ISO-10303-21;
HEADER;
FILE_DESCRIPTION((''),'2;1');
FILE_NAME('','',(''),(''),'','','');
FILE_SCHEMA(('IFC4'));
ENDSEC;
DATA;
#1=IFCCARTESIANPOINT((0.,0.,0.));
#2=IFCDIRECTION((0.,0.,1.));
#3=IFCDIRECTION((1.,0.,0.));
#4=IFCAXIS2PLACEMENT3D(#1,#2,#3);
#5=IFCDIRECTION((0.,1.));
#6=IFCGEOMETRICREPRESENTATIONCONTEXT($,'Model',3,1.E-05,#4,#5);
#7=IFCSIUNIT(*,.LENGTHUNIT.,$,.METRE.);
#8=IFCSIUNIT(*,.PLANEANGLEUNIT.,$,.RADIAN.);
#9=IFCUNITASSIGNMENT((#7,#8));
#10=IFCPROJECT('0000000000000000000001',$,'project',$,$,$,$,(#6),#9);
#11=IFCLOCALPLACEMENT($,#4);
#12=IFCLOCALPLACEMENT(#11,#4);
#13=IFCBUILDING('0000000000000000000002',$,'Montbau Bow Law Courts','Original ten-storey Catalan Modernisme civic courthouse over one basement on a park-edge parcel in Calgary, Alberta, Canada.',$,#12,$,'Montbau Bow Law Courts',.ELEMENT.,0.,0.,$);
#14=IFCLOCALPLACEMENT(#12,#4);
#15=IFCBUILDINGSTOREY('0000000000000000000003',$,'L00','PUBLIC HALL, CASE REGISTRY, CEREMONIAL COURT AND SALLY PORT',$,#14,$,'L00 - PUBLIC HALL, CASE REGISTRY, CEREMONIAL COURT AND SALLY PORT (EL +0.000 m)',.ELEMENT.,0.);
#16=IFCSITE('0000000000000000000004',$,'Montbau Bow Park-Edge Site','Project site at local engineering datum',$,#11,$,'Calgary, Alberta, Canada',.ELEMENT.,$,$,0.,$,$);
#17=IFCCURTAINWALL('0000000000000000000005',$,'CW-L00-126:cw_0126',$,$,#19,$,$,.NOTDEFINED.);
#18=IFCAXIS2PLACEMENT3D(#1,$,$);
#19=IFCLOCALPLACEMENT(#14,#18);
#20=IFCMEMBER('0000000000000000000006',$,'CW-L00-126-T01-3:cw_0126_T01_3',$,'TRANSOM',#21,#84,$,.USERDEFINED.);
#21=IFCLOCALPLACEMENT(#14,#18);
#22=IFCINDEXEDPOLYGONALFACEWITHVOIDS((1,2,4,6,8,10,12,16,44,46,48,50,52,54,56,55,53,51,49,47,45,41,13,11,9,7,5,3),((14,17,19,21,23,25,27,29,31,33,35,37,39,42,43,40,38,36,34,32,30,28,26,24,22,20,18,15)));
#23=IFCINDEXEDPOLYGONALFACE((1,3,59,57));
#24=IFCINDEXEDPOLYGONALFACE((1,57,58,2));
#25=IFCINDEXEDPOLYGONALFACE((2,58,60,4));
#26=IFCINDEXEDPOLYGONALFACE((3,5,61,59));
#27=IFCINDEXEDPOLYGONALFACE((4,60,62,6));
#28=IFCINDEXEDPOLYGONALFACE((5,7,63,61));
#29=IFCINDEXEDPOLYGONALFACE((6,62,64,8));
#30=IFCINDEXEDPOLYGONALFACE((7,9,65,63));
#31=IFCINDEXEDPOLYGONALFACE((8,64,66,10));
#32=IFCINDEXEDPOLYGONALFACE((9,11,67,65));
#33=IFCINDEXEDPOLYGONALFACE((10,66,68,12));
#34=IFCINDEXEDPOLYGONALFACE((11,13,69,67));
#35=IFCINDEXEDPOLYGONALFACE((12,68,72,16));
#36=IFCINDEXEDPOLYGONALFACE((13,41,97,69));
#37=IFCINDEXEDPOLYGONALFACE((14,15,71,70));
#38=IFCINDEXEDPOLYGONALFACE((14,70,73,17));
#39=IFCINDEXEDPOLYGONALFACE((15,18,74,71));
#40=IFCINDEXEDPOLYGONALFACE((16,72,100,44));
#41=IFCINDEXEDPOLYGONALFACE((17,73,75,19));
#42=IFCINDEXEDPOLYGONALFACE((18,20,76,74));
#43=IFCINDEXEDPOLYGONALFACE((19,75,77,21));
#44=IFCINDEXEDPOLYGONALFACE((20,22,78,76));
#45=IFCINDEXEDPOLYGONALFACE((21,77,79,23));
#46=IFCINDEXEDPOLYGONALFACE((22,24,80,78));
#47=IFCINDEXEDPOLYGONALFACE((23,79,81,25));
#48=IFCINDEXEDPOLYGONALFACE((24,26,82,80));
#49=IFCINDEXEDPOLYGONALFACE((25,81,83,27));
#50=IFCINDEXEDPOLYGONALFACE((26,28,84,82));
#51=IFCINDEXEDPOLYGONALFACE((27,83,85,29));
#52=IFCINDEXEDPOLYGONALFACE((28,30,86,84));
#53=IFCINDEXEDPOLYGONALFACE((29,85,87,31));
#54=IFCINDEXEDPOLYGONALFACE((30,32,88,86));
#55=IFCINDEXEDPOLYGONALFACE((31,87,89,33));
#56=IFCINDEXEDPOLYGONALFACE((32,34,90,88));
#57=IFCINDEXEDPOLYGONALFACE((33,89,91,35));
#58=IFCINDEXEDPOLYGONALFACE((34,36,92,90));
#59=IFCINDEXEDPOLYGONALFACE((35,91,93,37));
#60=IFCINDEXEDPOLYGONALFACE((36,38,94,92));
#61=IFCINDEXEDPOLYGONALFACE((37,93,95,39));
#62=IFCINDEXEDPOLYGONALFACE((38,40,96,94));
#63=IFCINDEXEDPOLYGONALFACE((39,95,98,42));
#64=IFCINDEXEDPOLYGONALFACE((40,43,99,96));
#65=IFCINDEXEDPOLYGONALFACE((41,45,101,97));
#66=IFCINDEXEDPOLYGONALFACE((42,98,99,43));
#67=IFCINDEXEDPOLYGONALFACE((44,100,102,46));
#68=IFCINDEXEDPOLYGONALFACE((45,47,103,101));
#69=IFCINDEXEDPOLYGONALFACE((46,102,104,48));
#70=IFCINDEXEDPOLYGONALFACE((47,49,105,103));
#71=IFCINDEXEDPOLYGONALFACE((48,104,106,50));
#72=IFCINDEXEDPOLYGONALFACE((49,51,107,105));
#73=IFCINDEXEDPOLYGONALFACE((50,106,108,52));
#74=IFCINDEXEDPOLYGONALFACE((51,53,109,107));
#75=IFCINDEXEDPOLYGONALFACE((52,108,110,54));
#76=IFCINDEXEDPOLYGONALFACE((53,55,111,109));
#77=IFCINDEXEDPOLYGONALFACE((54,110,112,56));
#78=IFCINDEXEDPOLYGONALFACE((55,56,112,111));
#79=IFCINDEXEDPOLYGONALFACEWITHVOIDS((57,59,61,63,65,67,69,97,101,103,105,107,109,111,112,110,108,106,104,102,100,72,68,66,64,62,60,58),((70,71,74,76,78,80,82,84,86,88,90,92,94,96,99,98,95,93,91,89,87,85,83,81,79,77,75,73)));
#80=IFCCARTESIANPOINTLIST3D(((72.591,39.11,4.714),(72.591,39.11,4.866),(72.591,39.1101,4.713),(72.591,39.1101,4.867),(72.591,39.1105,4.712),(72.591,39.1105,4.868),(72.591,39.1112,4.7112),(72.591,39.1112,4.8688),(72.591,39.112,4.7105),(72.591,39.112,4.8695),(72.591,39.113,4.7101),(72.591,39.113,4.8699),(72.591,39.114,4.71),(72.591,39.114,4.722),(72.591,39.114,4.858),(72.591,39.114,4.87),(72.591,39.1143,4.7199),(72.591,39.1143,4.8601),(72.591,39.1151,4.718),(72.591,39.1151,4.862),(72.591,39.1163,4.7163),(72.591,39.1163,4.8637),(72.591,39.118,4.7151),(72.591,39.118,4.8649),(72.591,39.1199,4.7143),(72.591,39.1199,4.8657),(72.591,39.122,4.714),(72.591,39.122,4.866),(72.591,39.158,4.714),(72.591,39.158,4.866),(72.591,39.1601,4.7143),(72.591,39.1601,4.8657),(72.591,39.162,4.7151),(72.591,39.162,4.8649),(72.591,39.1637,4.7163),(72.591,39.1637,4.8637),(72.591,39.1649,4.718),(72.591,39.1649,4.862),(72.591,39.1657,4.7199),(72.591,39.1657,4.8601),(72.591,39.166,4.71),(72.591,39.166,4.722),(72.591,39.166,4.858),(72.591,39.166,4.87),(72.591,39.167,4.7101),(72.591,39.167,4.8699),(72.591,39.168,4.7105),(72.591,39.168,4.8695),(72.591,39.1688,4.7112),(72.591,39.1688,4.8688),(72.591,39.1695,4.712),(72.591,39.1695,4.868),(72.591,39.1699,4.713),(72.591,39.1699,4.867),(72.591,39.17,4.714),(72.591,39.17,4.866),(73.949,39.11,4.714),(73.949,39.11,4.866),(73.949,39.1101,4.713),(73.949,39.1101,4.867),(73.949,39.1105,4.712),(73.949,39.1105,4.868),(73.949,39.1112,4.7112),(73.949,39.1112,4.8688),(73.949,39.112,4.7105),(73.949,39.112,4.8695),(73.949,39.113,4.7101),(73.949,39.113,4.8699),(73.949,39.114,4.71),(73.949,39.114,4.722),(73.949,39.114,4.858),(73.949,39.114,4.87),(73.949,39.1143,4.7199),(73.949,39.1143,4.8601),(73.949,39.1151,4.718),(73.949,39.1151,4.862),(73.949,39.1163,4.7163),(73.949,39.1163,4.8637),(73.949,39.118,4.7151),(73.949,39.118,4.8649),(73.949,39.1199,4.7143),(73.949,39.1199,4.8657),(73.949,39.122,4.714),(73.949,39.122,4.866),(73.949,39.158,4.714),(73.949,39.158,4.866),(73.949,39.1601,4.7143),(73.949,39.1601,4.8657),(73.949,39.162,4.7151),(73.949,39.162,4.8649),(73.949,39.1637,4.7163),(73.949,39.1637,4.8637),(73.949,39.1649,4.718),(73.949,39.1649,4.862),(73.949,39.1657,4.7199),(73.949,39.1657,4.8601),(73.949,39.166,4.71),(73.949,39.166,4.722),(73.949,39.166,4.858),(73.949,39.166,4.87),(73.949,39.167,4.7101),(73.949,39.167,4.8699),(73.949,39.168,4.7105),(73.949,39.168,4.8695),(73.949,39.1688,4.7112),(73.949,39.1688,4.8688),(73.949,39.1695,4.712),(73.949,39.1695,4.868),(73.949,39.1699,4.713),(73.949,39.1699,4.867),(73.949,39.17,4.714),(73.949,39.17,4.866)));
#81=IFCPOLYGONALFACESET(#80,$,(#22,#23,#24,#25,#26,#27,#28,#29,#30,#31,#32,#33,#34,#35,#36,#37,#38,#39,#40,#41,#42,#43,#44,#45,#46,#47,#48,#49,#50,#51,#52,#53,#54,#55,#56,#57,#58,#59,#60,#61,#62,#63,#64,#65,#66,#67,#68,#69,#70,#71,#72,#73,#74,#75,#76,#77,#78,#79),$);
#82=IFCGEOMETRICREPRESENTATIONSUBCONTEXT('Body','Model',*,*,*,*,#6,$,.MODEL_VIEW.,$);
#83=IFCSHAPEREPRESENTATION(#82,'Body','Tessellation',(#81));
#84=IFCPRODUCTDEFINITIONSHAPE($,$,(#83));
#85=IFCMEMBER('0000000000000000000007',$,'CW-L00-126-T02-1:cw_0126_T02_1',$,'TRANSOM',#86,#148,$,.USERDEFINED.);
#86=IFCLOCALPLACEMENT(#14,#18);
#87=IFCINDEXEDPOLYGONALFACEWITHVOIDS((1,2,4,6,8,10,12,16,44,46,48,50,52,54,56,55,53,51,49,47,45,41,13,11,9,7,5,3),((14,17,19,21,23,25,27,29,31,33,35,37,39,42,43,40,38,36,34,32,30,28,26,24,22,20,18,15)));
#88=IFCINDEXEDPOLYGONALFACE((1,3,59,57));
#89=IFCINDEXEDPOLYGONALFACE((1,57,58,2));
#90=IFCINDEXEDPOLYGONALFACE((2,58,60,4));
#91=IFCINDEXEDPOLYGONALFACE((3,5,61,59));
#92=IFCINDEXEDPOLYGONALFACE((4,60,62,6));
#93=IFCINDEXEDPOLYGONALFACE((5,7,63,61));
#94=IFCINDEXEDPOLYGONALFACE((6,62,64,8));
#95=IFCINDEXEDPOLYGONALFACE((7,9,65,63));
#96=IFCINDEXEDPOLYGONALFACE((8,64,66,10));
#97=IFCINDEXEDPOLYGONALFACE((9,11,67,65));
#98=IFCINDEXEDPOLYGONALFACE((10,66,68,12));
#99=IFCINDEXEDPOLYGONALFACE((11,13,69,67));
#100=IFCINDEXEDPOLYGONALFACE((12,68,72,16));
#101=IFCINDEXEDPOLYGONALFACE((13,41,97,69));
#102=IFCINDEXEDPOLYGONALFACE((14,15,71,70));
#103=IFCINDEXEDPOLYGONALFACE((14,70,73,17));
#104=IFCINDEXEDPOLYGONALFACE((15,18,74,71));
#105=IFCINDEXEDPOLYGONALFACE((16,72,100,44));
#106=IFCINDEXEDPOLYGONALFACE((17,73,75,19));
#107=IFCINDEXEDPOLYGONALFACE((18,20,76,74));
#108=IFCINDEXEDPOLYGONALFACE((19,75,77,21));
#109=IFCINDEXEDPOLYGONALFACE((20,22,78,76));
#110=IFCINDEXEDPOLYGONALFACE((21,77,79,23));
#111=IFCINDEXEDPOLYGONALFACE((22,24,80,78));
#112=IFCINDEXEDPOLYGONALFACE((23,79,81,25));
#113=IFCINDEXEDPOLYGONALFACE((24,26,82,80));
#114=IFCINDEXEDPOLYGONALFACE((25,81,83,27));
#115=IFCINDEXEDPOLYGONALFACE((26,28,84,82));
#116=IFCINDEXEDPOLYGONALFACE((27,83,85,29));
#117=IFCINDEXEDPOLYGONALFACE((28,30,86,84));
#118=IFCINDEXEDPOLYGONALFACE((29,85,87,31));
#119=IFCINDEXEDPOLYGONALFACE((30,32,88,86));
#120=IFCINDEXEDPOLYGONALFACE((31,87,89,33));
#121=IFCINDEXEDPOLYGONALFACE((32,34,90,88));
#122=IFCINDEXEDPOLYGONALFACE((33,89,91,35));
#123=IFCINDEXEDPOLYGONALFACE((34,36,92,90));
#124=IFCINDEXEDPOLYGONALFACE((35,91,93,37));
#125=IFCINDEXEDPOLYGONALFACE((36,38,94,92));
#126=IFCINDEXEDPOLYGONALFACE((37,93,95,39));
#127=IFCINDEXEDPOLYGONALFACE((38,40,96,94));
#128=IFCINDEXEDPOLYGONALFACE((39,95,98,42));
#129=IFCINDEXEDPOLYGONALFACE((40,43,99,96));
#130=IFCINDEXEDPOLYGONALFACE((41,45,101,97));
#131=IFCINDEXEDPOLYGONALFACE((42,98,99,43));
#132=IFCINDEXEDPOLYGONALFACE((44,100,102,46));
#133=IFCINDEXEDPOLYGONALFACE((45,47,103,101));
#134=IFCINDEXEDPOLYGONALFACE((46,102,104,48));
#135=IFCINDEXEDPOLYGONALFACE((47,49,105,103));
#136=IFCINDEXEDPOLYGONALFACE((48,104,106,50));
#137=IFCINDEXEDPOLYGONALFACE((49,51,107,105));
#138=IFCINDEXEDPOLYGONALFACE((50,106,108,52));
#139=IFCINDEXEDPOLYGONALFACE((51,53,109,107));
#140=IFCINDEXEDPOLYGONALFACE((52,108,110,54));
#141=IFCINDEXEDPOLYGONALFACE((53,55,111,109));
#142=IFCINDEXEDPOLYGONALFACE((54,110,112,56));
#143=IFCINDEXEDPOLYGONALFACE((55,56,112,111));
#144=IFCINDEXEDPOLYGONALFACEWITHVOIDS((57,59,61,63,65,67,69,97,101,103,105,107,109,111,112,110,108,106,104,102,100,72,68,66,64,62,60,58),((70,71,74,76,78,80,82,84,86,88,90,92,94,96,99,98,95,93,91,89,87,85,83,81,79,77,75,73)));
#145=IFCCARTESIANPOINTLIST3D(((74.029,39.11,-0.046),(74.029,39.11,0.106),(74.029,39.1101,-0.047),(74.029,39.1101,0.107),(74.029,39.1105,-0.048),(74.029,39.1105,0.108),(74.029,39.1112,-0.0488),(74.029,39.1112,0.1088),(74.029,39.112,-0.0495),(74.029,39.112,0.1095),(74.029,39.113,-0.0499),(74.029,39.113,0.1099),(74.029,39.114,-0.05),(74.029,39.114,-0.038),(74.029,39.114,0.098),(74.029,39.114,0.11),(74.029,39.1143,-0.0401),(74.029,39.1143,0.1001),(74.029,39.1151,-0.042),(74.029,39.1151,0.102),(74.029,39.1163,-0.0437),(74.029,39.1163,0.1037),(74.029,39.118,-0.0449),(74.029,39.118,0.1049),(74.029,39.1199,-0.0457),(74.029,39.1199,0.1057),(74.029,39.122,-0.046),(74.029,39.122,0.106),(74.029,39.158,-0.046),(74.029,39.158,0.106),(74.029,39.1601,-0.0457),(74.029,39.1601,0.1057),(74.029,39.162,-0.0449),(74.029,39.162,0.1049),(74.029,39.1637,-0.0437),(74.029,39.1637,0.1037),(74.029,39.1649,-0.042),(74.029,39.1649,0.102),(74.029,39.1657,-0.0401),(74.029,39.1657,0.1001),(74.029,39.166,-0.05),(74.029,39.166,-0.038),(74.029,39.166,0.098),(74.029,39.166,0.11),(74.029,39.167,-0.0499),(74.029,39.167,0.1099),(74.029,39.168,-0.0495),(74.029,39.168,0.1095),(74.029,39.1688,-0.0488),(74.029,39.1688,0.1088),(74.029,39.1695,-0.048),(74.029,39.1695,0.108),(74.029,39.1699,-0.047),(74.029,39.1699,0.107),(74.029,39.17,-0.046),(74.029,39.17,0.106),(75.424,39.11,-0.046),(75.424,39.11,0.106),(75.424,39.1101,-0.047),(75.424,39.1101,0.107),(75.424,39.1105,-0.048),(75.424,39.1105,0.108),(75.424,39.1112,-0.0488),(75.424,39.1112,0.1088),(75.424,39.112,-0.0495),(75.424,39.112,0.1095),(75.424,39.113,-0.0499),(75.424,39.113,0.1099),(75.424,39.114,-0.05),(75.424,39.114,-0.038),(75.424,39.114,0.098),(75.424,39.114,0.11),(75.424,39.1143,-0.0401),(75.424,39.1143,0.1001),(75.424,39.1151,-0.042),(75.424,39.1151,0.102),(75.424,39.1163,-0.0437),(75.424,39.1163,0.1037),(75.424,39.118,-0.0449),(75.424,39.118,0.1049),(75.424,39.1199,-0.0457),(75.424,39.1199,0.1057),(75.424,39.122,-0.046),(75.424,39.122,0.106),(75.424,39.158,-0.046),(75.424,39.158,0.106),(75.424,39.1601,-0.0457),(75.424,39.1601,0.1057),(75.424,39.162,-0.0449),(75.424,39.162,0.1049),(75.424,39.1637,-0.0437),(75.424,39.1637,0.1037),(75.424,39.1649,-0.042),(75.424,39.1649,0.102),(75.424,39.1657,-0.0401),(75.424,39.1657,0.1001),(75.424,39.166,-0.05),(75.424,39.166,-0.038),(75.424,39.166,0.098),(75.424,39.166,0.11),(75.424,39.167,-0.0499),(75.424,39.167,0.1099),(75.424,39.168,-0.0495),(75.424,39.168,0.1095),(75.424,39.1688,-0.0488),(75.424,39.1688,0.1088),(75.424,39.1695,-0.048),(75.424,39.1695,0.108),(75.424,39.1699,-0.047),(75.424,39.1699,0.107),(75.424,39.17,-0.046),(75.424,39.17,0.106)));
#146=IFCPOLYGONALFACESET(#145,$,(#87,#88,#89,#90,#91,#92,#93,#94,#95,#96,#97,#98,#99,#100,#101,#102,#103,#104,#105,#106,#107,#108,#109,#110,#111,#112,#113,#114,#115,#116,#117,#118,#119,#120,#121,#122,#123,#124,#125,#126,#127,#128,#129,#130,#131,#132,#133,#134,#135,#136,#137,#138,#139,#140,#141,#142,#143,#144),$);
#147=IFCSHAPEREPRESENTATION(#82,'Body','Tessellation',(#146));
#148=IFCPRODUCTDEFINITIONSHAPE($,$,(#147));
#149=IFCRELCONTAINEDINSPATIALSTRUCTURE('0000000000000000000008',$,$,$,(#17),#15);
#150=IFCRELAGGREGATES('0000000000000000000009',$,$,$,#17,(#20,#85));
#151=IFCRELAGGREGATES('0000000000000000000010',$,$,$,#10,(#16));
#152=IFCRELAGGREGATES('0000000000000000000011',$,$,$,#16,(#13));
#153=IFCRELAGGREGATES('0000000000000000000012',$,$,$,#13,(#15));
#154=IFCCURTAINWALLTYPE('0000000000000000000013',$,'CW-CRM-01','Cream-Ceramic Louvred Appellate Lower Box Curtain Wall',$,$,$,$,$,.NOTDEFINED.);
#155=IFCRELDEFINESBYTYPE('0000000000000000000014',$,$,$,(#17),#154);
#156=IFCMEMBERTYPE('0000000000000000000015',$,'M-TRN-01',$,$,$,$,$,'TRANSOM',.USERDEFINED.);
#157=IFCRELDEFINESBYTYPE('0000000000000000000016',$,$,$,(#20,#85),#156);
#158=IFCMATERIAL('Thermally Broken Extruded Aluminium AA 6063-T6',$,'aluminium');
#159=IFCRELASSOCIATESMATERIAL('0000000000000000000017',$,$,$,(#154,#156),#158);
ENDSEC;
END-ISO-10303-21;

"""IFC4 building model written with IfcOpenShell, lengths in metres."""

from ifc_helpers import new_model, si_unit, direction, frame, origin_with_axes, origin_2d_with_axis, place, context, subcontext, project, spatial, hollow_rectangle, extrude, material, material_profile, profile_set, type_object, element, aggregate, save


model = new_model("IFC4")

# Units and contexts
model_context = context("Model", 3, precision=1e-05, world=origin_with_axes(), true_north=direction((0.0, 1.0)))
body_context = subcontext(model_context, "Body", "Model", "MODEL_VIEW")
ifc_project = project(units=[si_unit("LENGTHUNIT", "METRE"), si_unit("PLANEANGLEUNIT", "RADIAN")], contexts=[model_context])

# Site, building, storey
site_placement = place(None, origin_with_axes())
site = spatial("IfcSite", under=ifc_project, at=site_placement, Name="Montbau Bow Park-Edge Site", Description="Project site at local engineering datum", LongName="Calgary, Alberta, Canada", CompositionType="ELEMENT", RefElevation=0.0)
building_placement = place(site_placement, origin_with_axes())
building = spatial("IfcBuilding", under=site, at=building_placement, Name="Montbau Bow Law Courts", Description="Original ten-storey Catalan Modernisme civic courthouse over one basement on a park-edge parcel in Calgary, Alberta, Canada.", LongName="Montbau Bow Law Courts", CompositionType="ELEMENT", ElevationOfRefHeight=0.0, ElevationOfTerrain=0.0)
storey_placement = place(building_placement, origin_with_axes())
storey = spatial("IfcBuildingStorey", under=building, at=storey_placement, Name="L00", Description="PUBLIC HALL, CASE REGISTRY, CEREMONIAL COURT AND SALLY PORT", LongName="L00 - PUBLIC HALL, CASE REGISTRY, CEREMONIAL COURT AND SALLY PORT (EL +0.000 m)", CompositionType="ELEMENT", Elevation=0.0)

# Curtain wall
ifc_material_1 = material(Name="Thermally Broken Extruded Aluminium AA 6063-T6", Category="aluminium")
curtain_wall_type = type_object("IfcCurtainWallType", Name="CW-CRM-01", Description="Cream-Ceramic Louvred Appellate Lower Box Curtain Wall", PredefinedType="NOTDEFINED", material=ifc_material_1)
curtain_wall_1_placement = place(None, frame((72.515, 39.14, 0.0), z_axis=(0.0, 0.0, 1.0), x_axis=(1.0, 0.0, 0.0)))
curtain_wall_1 = element("IfcCurtainWall", 1, at=curtain_wall_1_placement, inside=storey, type_object=curtain_wall_type, Name="CW-L00-126:cw_0126", PredefinedType="NOTDEFINED")

# Members
ifc_material_profile_1 = material_profile(ifc_material_1, hollow_rectangle(XDim=0.06, YDim=0.16, WallThickness=0.004, InnerFilletRadius=0.008, OuterFilletRadius=0.004, at=origin_2d_with_axis()), Name="CWT-160X60", Category="Main", Priority=0)
ifc_profile_set_1 = profile_set([ifc_material_profile_1], Name="Thermally Broken Extruded Aluminium AA 6063-T6")
member_type_1 = type_object("IfcMemberType", Name="M-TRN-01", ElementType="TRANSOM", PredefinedType="USERDEFINED", material=ifc_profile_set_1)
member_1_placement = place(None, frame((72.591, 39.14, 4.79), z_axis=(1.0, 0.0, 0.0), x_axis=(0.0, 1.0, 0.0)))
member_1 = element("IfcMember", 2, at=member_1_placement, type_object=member_type_1, Name="CW-L00-126-T01-3:cw_0126_T01_3", ObjectType="TRANSOM", PredefinedType="USERDEFINED", context=body_context, shape_type="SweptSolid", body=[
    extrude(hollow_rectangle(XDim=0.06, YDim=0.16, WallThickness=0.004, InnerFilletRadius=0.008, OuterFilletRadius=0.004, at=origin_2d_with_axis()), origin_with_axes(), (0.0, 0.0, 1.0), 1.358),
])
member_2_placement = place(None, frame((74.029, 39.14, 0.03), z_axis=(1.0, 0.0, 0.0), x_axis=(0.0, 1.0, 0.0)))
member_2 = element("IfcMember", 3, at=member_2_placement, type_object=member_type_1, Name="CW-L00-126-T02-1:cw_0126_T02_1", ObjectType="TRANSOM", PredefinedType="USERDEFINED", context=body_context, shape_type="SweptSolid", body=[
    extrude(hollow_rectangle(XDim=0.06, YDim=0.16, WallThickness=0.004, InnerFilletRadius=0.008, OuterFilletRadius=0.004, at=origin_2d_with_axis()), origin_with_axes(), (0.0, 0.0, 1.0), 1.395),
])

aggregate(curtain_wall_1, [member_1, member_2])

save(model, "model.ifc")
